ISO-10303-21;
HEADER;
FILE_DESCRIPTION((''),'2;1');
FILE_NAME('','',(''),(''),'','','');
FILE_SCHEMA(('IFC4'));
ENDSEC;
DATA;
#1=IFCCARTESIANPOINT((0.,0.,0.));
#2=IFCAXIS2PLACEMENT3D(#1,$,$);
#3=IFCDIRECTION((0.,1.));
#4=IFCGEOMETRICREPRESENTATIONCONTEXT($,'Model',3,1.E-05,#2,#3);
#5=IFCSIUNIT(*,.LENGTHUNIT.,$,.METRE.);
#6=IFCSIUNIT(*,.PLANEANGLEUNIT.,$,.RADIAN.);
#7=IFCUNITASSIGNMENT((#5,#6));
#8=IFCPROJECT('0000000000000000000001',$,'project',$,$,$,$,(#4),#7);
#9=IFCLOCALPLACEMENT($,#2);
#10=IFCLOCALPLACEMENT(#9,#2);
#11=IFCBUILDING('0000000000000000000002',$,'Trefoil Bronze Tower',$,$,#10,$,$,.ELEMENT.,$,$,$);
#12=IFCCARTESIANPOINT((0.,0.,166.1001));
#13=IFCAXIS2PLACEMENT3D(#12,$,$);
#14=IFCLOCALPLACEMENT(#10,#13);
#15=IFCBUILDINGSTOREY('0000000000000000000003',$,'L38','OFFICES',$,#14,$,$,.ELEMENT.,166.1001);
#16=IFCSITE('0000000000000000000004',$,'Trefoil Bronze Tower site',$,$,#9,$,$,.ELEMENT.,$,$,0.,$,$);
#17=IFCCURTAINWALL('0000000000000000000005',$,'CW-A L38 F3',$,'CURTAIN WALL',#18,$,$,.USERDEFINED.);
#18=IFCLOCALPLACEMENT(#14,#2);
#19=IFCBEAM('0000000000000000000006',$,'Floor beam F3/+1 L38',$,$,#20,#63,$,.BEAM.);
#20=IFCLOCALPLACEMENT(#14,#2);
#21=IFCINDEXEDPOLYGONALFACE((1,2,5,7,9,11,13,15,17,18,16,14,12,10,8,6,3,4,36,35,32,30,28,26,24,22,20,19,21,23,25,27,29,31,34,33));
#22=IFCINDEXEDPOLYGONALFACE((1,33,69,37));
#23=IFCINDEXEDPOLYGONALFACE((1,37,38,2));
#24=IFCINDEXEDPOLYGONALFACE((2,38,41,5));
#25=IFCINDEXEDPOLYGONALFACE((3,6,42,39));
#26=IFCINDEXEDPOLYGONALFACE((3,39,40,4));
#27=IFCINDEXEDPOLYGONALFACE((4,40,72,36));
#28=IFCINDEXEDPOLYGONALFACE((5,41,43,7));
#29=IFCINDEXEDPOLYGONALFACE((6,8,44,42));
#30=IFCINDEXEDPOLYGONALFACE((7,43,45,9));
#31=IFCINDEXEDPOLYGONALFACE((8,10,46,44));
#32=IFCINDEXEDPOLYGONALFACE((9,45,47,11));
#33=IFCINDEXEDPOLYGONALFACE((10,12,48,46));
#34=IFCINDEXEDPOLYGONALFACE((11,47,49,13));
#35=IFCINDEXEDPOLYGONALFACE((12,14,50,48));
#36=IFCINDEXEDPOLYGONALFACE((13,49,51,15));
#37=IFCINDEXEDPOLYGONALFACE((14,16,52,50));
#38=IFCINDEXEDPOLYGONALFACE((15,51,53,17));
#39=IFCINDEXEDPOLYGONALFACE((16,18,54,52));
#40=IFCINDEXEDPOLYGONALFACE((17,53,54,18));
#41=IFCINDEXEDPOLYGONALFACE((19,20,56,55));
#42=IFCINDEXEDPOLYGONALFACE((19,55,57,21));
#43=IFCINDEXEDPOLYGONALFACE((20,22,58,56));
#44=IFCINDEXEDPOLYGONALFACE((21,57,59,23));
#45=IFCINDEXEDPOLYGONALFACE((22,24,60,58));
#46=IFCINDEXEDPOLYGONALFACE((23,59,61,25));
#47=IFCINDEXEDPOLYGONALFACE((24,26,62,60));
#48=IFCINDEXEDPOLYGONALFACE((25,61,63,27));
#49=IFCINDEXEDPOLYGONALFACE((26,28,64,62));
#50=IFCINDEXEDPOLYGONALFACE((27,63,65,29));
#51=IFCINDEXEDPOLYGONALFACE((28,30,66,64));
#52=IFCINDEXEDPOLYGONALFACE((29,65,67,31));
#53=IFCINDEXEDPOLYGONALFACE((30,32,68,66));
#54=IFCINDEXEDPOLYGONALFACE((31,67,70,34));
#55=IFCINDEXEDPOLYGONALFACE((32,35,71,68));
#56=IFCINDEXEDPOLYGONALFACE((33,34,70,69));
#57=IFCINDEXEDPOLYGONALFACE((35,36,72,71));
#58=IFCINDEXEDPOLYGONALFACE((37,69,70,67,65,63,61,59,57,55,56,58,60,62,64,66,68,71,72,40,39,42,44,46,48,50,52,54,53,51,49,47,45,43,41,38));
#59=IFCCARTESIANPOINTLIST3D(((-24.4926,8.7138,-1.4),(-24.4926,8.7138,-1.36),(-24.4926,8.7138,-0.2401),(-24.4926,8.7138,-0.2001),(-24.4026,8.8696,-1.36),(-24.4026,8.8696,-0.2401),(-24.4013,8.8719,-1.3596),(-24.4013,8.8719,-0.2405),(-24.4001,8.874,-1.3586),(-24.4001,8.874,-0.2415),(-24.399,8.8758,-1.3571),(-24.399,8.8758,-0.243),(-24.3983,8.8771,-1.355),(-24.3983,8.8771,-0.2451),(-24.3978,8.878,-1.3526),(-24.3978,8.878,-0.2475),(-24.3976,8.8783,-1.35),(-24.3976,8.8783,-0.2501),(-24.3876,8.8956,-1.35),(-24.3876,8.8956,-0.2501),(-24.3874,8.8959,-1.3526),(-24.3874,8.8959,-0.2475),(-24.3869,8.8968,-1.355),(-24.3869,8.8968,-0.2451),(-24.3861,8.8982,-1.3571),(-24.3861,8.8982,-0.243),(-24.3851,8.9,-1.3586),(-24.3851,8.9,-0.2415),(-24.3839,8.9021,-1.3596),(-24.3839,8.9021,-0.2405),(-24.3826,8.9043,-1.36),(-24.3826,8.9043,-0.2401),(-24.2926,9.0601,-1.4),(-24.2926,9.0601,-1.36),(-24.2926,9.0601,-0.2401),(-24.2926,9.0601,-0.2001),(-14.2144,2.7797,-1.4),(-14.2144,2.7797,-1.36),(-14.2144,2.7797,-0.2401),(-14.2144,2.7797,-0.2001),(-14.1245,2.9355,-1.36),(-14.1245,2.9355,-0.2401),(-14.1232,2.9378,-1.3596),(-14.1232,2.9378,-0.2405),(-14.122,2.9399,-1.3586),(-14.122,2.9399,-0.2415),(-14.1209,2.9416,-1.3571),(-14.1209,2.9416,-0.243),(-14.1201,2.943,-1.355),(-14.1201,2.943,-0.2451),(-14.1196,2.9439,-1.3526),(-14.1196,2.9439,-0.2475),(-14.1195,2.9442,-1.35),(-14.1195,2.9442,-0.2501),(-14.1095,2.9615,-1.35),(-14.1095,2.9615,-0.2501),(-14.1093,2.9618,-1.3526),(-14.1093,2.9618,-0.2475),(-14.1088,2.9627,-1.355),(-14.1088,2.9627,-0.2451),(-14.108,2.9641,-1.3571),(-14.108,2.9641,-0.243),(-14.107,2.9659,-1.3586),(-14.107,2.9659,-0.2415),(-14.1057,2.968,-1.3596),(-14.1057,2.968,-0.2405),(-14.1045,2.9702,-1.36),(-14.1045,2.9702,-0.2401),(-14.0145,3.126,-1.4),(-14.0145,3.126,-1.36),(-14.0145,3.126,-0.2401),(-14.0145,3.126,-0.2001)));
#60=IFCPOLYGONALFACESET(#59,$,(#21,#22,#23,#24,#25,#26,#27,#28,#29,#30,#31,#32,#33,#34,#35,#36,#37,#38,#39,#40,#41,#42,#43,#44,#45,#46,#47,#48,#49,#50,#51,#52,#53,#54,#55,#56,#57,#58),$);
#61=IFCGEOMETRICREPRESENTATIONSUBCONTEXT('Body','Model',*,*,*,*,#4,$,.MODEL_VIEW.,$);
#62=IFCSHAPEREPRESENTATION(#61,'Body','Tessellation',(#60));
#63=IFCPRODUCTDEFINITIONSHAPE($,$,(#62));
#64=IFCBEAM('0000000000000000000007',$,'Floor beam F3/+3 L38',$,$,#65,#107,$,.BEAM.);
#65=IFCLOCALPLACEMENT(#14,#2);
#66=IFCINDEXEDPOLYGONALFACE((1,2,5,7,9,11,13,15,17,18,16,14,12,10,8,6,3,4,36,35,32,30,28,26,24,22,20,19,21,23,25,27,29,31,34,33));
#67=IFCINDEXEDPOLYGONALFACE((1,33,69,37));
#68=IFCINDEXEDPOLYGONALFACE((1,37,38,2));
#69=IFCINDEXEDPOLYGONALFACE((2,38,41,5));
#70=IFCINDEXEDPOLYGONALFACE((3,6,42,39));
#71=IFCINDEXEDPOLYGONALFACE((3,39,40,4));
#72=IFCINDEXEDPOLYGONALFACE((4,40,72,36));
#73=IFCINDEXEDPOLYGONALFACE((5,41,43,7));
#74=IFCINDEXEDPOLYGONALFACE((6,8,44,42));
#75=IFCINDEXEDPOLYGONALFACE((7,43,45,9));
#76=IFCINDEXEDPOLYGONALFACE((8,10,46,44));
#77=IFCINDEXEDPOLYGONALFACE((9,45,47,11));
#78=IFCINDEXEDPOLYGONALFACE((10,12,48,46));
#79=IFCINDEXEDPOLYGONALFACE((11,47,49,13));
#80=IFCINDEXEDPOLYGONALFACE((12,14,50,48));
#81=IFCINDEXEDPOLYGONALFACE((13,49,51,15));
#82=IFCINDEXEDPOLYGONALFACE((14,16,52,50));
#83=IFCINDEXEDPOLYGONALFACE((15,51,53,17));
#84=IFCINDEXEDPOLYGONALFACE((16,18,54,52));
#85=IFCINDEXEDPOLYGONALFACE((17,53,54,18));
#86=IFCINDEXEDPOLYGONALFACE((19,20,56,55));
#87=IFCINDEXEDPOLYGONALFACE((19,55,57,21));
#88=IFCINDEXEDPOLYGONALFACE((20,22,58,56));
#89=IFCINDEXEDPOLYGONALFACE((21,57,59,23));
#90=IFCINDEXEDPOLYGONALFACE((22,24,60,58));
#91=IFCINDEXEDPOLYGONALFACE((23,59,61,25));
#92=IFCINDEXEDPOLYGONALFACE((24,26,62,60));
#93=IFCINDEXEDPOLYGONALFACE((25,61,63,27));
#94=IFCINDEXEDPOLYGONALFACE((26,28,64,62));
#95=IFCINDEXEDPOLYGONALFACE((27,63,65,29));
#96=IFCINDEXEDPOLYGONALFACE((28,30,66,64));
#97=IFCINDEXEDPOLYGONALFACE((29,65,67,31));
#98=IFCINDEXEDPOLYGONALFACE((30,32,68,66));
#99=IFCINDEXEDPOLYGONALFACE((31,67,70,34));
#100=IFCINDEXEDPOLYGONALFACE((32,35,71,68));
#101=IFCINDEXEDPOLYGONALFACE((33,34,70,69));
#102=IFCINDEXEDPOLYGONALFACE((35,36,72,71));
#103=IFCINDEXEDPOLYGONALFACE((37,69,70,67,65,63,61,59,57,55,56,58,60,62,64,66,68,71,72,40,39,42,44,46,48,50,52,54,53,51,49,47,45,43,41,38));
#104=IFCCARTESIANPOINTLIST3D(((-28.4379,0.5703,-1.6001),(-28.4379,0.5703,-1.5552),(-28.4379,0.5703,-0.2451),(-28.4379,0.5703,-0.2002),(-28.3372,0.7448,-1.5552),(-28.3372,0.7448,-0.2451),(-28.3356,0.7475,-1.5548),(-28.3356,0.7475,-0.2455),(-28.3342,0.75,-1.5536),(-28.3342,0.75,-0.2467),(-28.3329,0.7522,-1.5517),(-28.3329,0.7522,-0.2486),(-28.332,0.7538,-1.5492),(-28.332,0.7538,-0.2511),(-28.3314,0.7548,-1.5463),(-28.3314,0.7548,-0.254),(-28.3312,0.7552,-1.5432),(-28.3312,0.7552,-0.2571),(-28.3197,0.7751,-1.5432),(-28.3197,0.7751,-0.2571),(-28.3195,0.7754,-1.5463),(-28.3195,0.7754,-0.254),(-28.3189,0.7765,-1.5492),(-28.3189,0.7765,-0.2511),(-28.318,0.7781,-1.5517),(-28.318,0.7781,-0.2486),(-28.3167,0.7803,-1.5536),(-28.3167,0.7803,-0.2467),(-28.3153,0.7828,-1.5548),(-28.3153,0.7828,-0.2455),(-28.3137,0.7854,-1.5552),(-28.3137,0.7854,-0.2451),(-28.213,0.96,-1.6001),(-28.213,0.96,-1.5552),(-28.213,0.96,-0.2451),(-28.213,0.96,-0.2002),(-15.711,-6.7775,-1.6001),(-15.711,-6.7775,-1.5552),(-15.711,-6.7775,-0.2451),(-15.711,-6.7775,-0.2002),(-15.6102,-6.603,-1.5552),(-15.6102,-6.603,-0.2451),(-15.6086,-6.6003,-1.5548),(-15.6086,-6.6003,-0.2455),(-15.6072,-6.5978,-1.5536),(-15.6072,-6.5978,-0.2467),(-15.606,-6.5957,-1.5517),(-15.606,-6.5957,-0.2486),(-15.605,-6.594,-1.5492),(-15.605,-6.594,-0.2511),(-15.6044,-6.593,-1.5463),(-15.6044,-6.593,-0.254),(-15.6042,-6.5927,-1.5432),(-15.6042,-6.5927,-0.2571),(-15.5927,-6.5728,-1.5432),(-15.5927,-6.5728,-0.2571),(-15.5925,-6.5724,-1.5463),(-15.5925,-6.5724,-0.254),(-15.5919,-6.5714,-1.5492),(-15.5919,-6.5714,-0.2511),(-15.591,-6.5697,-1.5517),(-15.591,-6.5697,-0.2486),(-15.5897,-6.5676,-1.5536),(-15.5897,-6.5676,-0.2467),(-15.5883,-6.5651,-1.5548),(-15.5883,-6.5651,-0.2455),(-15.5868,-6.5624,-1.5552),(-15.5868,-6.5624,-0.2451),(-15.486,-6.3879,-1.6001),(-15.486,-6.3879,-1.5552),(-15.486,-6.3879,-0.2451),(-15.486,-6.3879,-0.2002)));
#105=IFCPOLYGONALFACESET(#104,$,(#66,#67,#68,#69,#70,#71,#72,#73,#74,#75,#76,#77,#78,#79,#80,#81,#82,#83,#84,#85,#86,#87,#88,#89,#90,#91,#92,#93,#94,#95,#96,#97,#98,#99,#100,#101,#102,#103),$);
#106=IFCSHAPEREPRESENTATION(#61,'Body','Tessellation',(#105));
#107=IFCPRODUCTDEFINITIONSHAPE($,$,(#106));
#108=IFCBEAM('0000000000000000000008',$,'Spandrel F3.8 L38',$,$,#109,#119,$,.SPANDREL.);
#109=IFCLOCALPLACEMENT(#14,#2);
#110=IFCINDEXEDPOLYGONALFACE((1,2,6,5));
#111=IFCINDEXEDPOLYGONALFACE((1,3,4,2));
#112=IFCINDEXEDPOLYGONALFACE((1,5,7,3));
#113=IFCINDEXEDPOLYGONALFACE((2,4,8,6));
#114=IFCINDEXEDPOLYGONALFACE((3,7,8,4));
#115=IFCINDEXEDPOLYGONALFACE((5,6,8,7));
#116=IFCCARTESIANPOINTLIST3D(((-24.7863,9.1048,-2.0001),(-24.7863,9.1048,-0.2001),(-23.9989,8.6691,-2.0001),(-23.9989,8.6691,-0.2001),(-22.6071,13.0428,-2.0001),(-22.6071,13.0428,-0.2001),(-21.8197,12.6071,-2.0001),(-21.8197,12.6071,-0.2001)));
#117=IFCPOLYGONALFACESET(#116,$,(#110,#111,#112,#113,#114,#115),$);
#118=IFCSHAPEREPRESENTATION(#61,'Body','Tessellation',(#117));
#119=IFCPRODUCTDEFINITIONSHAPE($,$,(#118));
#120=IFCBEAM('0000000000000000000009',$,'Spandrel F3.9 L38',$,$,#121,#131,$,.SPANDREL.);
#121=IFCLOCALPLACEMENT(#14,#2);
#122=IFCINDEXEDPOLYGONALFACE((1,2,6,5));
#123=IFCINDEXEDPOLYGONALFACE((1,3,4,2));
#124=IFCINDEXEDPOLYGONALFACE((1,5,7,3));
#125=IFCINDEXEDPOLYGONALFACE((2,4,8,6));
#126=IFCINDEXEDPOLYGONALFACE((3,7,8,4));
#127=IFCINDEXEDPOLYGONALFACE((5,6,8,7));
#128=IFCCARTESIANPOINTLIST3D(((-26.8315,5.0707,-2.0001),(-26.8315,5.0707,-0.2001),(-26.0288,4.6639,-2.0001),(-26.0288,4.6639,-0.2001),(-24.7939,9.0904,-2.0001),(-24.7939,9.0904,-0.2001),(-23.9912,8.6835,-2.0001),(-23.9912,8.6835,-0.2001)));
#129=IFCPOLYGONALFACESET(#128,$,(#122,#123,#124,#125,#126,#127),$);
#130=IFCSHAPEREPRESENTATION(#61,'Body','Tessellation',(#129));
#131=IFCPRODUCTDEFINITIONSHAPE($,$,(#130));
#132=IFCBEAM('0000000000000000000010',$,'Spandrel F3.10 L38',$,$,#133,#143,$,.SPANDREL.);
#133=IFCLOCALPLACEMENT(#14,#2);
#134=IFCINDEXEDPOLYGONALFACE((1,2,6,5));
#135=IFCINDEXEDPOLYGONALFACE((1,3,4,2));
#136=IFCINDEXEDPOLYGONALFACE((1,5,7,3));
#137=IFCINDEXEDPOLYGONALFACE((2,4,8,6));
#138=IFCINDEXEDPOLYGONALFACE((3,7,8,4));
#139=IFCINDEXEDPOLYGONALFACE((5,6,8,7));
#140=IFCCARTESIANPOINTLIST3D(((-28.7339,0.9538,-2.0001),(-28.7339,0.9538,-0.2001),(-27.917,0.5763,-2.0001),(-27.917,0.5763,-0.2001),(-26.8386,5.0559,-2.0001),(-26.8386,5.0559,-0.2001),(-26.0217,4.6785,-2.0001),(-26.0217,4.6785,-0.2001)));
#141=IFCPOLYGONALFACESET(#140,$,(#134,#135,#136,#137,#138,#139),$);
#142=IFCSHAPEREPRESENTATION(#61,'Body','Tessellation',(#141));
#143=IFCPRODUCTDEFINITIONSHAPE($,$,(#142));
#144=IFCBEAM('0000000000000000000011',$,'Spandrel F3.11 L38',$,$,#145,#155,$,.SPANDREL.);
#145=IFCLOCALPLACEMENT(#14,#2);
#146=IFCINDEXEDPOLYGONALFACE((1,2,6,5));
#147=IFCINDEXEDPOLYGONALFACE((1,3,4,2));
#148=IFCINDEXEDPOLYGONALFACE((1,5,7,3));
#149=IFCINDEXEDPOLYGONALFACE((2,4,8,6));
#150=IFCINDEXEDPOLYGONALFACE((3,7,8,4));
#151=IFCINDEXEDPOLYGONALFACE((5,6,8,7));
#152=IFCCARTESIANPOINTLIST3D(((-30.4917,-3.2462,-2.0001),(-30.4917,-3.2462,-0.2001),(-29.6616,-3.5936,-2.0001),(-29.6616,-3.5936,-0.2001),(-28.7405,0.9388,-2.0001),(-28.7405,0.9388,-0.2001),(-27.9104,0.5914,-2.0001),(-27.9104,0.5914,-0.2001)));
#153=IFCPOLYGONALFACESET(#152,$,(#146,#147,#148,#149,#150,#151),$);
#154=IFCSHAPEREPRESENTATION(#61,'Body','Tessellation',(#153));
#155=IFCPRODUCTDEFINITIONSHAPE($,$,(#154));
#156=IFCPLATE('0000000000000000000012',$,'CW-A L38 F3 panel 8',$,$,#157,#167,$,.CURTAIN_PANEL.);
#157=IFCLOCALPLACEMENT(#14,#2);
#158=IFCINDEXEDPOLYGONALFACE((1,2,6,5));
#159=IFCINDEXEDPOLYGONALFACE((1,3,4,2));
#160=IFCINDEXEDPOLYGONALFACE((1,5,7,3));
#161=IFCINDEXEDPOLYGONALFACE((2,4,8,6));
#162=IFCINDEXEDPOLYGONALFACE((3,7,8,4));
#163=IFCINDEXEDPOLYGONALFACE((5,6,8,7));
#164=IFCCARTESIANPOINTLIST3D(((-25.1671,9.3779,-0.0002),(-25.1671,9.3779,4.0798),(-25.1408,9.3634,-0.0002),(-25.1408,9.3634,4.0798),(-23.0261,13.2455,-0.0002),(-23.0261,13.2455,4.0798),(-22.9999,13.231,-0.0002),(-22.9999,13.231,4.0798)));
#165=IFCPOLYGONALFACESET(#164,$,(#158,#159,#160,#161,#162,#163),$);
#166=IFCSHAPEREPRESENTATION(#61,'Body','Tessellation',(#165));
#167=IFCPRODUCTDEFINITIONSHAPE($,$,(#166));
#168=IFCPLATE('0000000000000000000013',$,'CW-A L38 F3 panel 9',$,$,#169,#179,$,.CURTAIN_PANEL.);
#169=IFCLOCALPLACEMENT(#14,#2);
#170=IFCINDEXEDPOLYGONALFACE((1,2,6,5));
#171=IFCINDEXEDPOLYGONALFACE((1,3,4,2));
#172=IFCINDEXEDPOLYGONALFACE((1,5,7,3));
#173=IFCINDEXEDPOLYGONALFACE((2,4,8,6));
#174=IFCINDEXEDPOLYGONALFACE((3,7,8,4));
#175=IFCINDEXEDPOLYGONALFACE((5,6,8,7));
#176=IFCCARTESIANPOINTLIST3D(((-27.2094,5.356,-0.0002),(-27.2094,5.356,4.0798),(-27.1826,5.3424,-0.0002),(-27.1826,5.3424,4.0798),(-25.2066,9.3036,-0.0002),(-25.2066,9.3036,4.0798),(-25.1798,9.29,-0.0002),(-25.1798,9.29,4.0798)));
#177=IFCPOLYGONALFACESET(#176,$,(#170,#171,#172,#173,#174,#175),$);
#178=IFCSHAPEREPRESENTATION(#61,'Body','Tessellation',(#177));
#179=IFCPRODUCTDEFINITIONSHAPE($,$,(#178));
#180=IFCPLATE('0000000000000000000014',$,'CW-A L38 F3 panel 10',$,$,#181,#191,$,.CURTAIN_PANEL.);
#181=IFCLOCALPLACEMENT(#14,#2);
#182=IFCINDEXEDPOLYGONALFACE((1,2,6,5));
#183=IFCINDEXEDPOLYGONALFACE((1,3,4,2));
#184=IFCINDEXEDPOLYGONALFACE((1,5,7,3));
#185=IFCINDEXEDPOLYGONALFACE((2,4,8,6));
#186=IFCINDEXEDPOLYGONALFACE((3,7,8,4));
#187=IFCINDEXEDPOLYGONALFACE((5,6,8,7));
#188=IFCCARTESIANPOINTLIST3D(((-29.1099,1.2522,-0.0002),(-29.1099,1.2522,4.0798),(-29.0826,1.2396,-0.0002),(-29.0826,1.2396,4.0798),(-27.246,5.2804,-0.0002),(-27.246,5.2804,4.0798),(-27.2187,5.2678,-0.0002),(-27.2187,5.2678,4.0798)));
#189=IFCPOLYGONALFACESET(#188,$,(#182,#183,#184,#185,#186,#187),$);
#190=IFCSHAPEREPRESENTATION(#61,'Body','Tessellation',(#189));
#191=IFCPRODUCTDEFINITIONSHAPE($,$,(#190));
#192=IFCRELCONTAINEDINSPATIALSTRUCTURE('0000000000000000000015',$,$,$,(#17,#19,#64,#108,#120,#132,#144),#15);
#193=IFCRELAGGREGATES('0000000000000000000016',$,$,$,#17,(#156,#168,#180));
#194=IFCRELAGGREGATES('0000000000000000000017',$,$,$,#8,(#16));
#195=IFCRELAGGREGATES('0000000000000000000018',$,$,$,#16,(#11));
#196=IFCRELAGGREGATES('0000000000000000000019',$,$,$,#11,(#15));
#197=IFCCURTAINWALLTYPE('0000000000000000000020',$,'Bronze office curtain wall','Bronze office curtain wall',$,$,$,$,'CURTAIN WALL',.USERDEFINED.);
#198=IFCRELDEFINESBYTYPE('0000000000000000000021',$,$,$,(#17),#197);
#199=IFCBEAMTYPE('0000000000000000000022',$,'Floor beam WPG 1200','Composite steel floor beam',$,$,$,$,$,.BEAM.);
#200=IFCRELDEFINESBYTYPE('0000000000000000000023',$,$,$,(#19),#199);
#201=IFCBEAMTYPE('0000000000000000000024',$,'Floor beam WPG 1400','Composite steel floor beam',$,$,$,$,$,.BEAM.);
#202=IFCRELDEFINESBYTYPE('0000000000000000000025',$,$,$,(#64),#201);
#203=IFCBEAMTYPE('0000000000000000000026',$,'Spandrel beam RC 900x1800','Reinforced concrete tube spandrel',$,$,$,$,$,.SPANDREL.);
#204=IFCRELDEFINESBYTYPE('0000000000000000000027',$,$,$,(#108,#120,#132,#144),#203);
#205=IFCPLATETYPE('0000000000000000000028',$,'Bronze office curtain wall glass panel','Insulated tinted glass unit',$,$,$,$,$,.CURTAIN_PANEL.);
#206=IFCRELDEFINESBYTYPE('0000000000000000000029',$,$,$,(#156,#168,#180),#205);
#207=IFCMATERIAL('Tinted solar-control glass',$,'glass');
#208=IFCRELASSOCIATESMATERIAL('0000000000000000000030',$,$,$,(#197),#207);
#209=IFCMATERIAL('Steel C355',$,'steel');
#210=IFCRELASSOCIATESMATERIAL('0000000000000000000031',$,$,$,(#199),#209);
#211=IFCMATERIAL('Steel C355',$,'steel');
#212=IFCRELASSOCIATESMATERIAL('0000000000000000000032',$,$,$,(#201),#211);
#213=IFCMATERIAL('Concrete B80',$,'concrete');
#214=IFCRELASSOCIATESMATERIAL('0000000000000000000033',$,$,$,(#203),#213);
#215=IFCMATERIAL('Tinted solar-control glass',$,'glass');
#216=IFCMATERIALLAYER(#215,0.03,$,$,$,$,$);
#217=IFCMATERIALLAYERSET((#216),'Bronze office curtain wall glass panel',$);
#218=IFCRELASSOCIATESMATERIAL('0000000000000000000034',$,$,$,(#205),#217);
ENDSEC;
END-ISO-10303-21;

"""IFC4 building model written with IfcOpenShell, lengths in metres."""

from ifc_helpers import new_model, si_unit, direction, frame, origin, origin_2d, place, context, subcontext, project, spatial, rectangle, i_section, extrude, material, layer, layer_set, material_profile, profile_set, type_object, element, aggregate, save


model = new_model("IFC4")

# Units and contexts
model_context = context("Model", 3, precision=1e-05, world=origin(), true_north=direction((0.0, 1.0)))
body_context = subcontext(model_context, "Body", "Model", "MODEL_VIEW")
ifc_project = project(units=[si_unit("LENGTHUNIT", "METRE"), si_unit("PLANEANGLEUNIT", "RADIAN")], contexts=[model_context])

# Site, building, storey
site_placement = place(None, origin())
site = spatial("IfcSite", under=ifc_project, at=site_placement, Name="Trefoil Bronze Tower site", CompositionType="ELEMENT", RefElevation=0.0)
building_placement = place(site_placement, origin())
building = spatial("IfcBuilding", under=site, at=building_placement, Name="Trefoil Bronze Tower", CompositionType="ELEMENT")
storey_placement = place(building_placement, frame((0.0, 0.0, 166.1001)))
storey = spatial("IfcBuildingStorey", under=building, at=storey_placement, Name="L38", Description="OFFICES", CompositionType="ELEMENT", Elevation=166.1001)

# Curtain wall
ifc_material_1 = material(Name="Tinted solar-control glass", Category="glass")
curtain_wall_type = type_object("IfcCurtainWallType", Name="Bronze office curtain wall", Description="Bronze office curtain wall", ElementType="CURTAIN WALL", PredefinedType="USERDEFINED", material=ifc_material_1)
curtain_wall_placement = place(storey_placement, origin())
curtain_wall = element("IfcCurtainWall", 1, at=curtain_wall_placement, inside=storey, type_object=curtain_wall_type, Name="CW-A L38 F3", ObjectType="CURTAIN WALL", PredefinedType="USERDEFINED")

# Beams
ifc_material_2 = material(Name="Steel C355", Category="steel")
ifc_material_profile_1 = material_profile(ifc_material_2, i_section(OverallWidth=0.3999, OverallDepth=1.2, WebThickness=0.02, FlangeThickness=0.04, FilletRadius=0.01, at=origin_2d()), Name="WPG 1200")
ifc_profile_set_1 = profile_set([ifc_material_profile_1], Name="Steel C355")
beam_type_1 = type_object("IfcBeamType", Name="Floor beam WPG 1200", Description="Composite steel floor beam", PredefinedType="BEAM", material=ifc_profile_set_1)
beam_1_placement = place(storey_placement, frame((-24.3926, 8.887, -0.8), z_axis=(0.866024, -0.500002, 0.0), x_axis=(0.500002, 0.866024, 0.0)))
element("IfcBeam", 2, at=beam_1_placement, inside=storey, type_object=beam_type_1, Name="Floor beam F3/+1 L38", PredefinedType="BEAM", context=body_context, shape_type="SweptSolid", body=[
    extrude(i_section(OverallWidth=0.3999, OverallDepth=1.2, WebThickness=0.02, FlangeThickness=0.04, FilletRadius=0.01, at=origin_2d()), origin(), (0.0, 0.0, 1.0), 11.8682),
])
ifc_material_3 = material(Name="Steel C355", Category="steel")
ifc_material_profile_2 = material_profile(ifc_material_3, i_section(OverallWidth=0.45, OverallDepth=1.3999, WebThickness=0.0229, FlangeThickness=0.0449, FilletRadius=0.012, at=origin_2d()), Name="WPG 1400")
ifc_profile_set_2 = profile_set([ifc_material_profile_2], Name="Steel C355")
beam_type_2 = type_object("IfcBeamType", Name="Floor beam WPG 1400", Description="Composite steel floor beam", PredefinedType="BEAM", material=ifc_profile_set_2)
beam_2_placement = place(storey_placement, frame((-28.3254, 0.7651, -0.9001), z_axis=(0.866027, -0.499997, 0.0), x_axis=(0.499997, 0.866027, 0.0)))
element("IfcBeam", 3, at=beam_2_placement, inside=storey, type_object=beam_type_2, Name="Floor beam F3/+3 L38", PredefinedType="BEAM", context=body_context, shape_type="SweptSolid", body=[
    extrude(i_section(OverallWidth=0.45, OverallDepth=1.3999, WebThickness=0.0229, FlangeThickness=0.0449, FilletRadius=0.012, at=origin_2d()), origin(), (0.0, 0.0, 1.0), 14.6958),
])
ifc_material_4 = material(Name="Concrete B80", Category="concrete")
ifc_material_profile_3 = material_profile(ifc_material_4, rectangle(XDim=0.8999, YDim=1.8, at=origin_2d()), Name="RC 900x1800")
ifc_profile_set_3 = profile_set([ifc_material_profile_3], Name="Concrete B80")
beam_type_3 = type_object("IfcBeamType", Name="Spandrel beam RC 900x1800", Description="Reinforced concrete tube spandrel", PredefinedType="SPANDREL", material=ifc_profile_set_3)
beam_3_placement = place(storey_placement, frame((-22.2134, 12.825, -1.1001), z_axis=(-0.484187, -0.874965, 0.0), x_axis=(0.874965, -0.484187, 0.0)))
element("IfcBeam", 4, at=beam_3_placement, inside=storey, type_object=beam_type_3, Name="Spandrel F3.8 L38", PredefinedType="SPANDREL", context=body_context, shape_type="SweptSolid", body=[
    extrude(rectangle(XDim=0.8999, YDim=1.8, at=origin_2d()), origin(), (0.0, 0.0, 1.0), 4.5007),
])
beam_4_placement = place(storey_placement, frame((-24.3926, 8.887, -1.1001), z_axis=(-0.452126, -0.891954, 0.0), x_axis=(0.891954, -0.452126, 0.0)))
element("IfcBeam", 5, at=beam_4_placement, inside=storey, type_object=beam_type_3, Name="Spandrel F3.9 L38", PredefinedType="SPANDREL", context=body_context, shape_type="SweptSolid", body=[
    extrude(rectangle(XDim=0.8999, YDim=1.8, at=origin_2d()), origin(), (0.0, 0.0, 1.0), 4.5066),
])
beam_5_placement = place(storey_placement, frame((-26.4302, 4.8672, -1.1001), z_axis=(-0.419425, -0.90779, 0.0), x_axis=(0.90779, -0.419425, 0.0)))
element("IfcBeam", 6, at=beam_5_placement, inside=storey, type_object=beam_type_3, Name="Spandrel F3.10 L38", PredefinedType="SPANDREL", context=body_context, shape_type="SweptSolid", body=[
    extrude(rectangle(XDim=0.8999, YDim=1.8, at=origin_2d()), origin(), (0.0, 0.0, 1.0), 4.5188),
])
beam_6_placement = place(storey_placement, frame((-28.3254, 0.7651, -1.1001), z_axis=(-0.386013, -0.922493, 0.0), x_axis=(0.922493, -0.386013, 0.0)))
element("IfcBeam", 7, at=beam_6_placement, inside=storey, type_object=beam_type_3, Name="Spandrel F3.11 L38", PredefinedType="SPANDREL", context=body_context, shape_type="SweptSolid", body=[
    extrude(rectangle(XDim=0.8999, YDim=1.8, at=origin_2d()), origin(), (0.0, 0.0, 1.0), 4.5366),
])

# Plates
ifc_material_5 = material(Name="Tinted solar-control glass", Category="glass")
ifc_layer_1 = layer(ifc_material_5, 0.03)
ifc_layer_set_1 = layer_set([ifc_layer_1], Name="Bronze office curtain wall glass panel")
plate_type = type_object("IfcPlateType", Name="Bronze office curtain wall glass panel", Description="Insulated tinted glass unit", PredefinedType="CURTAIN_PANEL", material=ifc_layer_set_1)
plate_1_placement = place(storey_placement, frame((-24.0835, 11.3044, -0.0002), z_axis=(0.0, 0.0, 1.0), x_axis=(-0.484312, -0.874895, 0.0)))
plate_1 = element("IfcPlate", 8, at=plate_1_placement, type_object=plate_type, Name="CW-A L38 F3 panel 8", PredefinedType="CURTAIN_PANEL", context=body_context, shape_type="SweptSolid", body=[
    extrude(rectangle(XDim=4.4207, YDim=0.03, at=origin_2d()), origin(), (0.0, 0.0, 1.0), 4.0801),
])
plate_2_placement = place(storey_placement, frame((-26.1946, 7.323, -0.0002), z_axis=(0.0, 0.0, 1.0), x_axis=(-0.452449, -0.89179, 0.0)))
plate_2 = element("IfcPlate", 9, at=plate_2_placement, type_object=plate_type, Name="CW-A L38 F3 panel 9", PredefinedType="CURTAIN_PANEL", context=body_context, shape_type="SweptSolid", body=[
    extrude(rectangle(XDim=4.4265, YDim=0.03, at=origin_2d()), origin(), (0.0, 0.0, 1.0), 4.0801),
])
plate_3_placement = place(storey_placement, frame((-28.1643, 3.26, -0.0002), z_axis=(0.0, 0.0, 1.0), x_axis=(-0.419933, -0.907555, 0.0)))
plate_3 = element("IfcPlate", 10, at=plate_3_placement, type_object=plate_type, Name="CW-A L38 F3 panel 10", PredefinedType="CURTAIN_PANEL", context=body_context, shape_type="SweptSolid", body=[
    extrude(rectangle(XDim=4.4385, YDim=0.03, at=origin_2d()), origin(), (0.0, 0.0, 1.0), 4.0801),
])
aggregate(curtain_wall, [plate_1, plate_2, plate_3])

save(model, "model.ifc")
